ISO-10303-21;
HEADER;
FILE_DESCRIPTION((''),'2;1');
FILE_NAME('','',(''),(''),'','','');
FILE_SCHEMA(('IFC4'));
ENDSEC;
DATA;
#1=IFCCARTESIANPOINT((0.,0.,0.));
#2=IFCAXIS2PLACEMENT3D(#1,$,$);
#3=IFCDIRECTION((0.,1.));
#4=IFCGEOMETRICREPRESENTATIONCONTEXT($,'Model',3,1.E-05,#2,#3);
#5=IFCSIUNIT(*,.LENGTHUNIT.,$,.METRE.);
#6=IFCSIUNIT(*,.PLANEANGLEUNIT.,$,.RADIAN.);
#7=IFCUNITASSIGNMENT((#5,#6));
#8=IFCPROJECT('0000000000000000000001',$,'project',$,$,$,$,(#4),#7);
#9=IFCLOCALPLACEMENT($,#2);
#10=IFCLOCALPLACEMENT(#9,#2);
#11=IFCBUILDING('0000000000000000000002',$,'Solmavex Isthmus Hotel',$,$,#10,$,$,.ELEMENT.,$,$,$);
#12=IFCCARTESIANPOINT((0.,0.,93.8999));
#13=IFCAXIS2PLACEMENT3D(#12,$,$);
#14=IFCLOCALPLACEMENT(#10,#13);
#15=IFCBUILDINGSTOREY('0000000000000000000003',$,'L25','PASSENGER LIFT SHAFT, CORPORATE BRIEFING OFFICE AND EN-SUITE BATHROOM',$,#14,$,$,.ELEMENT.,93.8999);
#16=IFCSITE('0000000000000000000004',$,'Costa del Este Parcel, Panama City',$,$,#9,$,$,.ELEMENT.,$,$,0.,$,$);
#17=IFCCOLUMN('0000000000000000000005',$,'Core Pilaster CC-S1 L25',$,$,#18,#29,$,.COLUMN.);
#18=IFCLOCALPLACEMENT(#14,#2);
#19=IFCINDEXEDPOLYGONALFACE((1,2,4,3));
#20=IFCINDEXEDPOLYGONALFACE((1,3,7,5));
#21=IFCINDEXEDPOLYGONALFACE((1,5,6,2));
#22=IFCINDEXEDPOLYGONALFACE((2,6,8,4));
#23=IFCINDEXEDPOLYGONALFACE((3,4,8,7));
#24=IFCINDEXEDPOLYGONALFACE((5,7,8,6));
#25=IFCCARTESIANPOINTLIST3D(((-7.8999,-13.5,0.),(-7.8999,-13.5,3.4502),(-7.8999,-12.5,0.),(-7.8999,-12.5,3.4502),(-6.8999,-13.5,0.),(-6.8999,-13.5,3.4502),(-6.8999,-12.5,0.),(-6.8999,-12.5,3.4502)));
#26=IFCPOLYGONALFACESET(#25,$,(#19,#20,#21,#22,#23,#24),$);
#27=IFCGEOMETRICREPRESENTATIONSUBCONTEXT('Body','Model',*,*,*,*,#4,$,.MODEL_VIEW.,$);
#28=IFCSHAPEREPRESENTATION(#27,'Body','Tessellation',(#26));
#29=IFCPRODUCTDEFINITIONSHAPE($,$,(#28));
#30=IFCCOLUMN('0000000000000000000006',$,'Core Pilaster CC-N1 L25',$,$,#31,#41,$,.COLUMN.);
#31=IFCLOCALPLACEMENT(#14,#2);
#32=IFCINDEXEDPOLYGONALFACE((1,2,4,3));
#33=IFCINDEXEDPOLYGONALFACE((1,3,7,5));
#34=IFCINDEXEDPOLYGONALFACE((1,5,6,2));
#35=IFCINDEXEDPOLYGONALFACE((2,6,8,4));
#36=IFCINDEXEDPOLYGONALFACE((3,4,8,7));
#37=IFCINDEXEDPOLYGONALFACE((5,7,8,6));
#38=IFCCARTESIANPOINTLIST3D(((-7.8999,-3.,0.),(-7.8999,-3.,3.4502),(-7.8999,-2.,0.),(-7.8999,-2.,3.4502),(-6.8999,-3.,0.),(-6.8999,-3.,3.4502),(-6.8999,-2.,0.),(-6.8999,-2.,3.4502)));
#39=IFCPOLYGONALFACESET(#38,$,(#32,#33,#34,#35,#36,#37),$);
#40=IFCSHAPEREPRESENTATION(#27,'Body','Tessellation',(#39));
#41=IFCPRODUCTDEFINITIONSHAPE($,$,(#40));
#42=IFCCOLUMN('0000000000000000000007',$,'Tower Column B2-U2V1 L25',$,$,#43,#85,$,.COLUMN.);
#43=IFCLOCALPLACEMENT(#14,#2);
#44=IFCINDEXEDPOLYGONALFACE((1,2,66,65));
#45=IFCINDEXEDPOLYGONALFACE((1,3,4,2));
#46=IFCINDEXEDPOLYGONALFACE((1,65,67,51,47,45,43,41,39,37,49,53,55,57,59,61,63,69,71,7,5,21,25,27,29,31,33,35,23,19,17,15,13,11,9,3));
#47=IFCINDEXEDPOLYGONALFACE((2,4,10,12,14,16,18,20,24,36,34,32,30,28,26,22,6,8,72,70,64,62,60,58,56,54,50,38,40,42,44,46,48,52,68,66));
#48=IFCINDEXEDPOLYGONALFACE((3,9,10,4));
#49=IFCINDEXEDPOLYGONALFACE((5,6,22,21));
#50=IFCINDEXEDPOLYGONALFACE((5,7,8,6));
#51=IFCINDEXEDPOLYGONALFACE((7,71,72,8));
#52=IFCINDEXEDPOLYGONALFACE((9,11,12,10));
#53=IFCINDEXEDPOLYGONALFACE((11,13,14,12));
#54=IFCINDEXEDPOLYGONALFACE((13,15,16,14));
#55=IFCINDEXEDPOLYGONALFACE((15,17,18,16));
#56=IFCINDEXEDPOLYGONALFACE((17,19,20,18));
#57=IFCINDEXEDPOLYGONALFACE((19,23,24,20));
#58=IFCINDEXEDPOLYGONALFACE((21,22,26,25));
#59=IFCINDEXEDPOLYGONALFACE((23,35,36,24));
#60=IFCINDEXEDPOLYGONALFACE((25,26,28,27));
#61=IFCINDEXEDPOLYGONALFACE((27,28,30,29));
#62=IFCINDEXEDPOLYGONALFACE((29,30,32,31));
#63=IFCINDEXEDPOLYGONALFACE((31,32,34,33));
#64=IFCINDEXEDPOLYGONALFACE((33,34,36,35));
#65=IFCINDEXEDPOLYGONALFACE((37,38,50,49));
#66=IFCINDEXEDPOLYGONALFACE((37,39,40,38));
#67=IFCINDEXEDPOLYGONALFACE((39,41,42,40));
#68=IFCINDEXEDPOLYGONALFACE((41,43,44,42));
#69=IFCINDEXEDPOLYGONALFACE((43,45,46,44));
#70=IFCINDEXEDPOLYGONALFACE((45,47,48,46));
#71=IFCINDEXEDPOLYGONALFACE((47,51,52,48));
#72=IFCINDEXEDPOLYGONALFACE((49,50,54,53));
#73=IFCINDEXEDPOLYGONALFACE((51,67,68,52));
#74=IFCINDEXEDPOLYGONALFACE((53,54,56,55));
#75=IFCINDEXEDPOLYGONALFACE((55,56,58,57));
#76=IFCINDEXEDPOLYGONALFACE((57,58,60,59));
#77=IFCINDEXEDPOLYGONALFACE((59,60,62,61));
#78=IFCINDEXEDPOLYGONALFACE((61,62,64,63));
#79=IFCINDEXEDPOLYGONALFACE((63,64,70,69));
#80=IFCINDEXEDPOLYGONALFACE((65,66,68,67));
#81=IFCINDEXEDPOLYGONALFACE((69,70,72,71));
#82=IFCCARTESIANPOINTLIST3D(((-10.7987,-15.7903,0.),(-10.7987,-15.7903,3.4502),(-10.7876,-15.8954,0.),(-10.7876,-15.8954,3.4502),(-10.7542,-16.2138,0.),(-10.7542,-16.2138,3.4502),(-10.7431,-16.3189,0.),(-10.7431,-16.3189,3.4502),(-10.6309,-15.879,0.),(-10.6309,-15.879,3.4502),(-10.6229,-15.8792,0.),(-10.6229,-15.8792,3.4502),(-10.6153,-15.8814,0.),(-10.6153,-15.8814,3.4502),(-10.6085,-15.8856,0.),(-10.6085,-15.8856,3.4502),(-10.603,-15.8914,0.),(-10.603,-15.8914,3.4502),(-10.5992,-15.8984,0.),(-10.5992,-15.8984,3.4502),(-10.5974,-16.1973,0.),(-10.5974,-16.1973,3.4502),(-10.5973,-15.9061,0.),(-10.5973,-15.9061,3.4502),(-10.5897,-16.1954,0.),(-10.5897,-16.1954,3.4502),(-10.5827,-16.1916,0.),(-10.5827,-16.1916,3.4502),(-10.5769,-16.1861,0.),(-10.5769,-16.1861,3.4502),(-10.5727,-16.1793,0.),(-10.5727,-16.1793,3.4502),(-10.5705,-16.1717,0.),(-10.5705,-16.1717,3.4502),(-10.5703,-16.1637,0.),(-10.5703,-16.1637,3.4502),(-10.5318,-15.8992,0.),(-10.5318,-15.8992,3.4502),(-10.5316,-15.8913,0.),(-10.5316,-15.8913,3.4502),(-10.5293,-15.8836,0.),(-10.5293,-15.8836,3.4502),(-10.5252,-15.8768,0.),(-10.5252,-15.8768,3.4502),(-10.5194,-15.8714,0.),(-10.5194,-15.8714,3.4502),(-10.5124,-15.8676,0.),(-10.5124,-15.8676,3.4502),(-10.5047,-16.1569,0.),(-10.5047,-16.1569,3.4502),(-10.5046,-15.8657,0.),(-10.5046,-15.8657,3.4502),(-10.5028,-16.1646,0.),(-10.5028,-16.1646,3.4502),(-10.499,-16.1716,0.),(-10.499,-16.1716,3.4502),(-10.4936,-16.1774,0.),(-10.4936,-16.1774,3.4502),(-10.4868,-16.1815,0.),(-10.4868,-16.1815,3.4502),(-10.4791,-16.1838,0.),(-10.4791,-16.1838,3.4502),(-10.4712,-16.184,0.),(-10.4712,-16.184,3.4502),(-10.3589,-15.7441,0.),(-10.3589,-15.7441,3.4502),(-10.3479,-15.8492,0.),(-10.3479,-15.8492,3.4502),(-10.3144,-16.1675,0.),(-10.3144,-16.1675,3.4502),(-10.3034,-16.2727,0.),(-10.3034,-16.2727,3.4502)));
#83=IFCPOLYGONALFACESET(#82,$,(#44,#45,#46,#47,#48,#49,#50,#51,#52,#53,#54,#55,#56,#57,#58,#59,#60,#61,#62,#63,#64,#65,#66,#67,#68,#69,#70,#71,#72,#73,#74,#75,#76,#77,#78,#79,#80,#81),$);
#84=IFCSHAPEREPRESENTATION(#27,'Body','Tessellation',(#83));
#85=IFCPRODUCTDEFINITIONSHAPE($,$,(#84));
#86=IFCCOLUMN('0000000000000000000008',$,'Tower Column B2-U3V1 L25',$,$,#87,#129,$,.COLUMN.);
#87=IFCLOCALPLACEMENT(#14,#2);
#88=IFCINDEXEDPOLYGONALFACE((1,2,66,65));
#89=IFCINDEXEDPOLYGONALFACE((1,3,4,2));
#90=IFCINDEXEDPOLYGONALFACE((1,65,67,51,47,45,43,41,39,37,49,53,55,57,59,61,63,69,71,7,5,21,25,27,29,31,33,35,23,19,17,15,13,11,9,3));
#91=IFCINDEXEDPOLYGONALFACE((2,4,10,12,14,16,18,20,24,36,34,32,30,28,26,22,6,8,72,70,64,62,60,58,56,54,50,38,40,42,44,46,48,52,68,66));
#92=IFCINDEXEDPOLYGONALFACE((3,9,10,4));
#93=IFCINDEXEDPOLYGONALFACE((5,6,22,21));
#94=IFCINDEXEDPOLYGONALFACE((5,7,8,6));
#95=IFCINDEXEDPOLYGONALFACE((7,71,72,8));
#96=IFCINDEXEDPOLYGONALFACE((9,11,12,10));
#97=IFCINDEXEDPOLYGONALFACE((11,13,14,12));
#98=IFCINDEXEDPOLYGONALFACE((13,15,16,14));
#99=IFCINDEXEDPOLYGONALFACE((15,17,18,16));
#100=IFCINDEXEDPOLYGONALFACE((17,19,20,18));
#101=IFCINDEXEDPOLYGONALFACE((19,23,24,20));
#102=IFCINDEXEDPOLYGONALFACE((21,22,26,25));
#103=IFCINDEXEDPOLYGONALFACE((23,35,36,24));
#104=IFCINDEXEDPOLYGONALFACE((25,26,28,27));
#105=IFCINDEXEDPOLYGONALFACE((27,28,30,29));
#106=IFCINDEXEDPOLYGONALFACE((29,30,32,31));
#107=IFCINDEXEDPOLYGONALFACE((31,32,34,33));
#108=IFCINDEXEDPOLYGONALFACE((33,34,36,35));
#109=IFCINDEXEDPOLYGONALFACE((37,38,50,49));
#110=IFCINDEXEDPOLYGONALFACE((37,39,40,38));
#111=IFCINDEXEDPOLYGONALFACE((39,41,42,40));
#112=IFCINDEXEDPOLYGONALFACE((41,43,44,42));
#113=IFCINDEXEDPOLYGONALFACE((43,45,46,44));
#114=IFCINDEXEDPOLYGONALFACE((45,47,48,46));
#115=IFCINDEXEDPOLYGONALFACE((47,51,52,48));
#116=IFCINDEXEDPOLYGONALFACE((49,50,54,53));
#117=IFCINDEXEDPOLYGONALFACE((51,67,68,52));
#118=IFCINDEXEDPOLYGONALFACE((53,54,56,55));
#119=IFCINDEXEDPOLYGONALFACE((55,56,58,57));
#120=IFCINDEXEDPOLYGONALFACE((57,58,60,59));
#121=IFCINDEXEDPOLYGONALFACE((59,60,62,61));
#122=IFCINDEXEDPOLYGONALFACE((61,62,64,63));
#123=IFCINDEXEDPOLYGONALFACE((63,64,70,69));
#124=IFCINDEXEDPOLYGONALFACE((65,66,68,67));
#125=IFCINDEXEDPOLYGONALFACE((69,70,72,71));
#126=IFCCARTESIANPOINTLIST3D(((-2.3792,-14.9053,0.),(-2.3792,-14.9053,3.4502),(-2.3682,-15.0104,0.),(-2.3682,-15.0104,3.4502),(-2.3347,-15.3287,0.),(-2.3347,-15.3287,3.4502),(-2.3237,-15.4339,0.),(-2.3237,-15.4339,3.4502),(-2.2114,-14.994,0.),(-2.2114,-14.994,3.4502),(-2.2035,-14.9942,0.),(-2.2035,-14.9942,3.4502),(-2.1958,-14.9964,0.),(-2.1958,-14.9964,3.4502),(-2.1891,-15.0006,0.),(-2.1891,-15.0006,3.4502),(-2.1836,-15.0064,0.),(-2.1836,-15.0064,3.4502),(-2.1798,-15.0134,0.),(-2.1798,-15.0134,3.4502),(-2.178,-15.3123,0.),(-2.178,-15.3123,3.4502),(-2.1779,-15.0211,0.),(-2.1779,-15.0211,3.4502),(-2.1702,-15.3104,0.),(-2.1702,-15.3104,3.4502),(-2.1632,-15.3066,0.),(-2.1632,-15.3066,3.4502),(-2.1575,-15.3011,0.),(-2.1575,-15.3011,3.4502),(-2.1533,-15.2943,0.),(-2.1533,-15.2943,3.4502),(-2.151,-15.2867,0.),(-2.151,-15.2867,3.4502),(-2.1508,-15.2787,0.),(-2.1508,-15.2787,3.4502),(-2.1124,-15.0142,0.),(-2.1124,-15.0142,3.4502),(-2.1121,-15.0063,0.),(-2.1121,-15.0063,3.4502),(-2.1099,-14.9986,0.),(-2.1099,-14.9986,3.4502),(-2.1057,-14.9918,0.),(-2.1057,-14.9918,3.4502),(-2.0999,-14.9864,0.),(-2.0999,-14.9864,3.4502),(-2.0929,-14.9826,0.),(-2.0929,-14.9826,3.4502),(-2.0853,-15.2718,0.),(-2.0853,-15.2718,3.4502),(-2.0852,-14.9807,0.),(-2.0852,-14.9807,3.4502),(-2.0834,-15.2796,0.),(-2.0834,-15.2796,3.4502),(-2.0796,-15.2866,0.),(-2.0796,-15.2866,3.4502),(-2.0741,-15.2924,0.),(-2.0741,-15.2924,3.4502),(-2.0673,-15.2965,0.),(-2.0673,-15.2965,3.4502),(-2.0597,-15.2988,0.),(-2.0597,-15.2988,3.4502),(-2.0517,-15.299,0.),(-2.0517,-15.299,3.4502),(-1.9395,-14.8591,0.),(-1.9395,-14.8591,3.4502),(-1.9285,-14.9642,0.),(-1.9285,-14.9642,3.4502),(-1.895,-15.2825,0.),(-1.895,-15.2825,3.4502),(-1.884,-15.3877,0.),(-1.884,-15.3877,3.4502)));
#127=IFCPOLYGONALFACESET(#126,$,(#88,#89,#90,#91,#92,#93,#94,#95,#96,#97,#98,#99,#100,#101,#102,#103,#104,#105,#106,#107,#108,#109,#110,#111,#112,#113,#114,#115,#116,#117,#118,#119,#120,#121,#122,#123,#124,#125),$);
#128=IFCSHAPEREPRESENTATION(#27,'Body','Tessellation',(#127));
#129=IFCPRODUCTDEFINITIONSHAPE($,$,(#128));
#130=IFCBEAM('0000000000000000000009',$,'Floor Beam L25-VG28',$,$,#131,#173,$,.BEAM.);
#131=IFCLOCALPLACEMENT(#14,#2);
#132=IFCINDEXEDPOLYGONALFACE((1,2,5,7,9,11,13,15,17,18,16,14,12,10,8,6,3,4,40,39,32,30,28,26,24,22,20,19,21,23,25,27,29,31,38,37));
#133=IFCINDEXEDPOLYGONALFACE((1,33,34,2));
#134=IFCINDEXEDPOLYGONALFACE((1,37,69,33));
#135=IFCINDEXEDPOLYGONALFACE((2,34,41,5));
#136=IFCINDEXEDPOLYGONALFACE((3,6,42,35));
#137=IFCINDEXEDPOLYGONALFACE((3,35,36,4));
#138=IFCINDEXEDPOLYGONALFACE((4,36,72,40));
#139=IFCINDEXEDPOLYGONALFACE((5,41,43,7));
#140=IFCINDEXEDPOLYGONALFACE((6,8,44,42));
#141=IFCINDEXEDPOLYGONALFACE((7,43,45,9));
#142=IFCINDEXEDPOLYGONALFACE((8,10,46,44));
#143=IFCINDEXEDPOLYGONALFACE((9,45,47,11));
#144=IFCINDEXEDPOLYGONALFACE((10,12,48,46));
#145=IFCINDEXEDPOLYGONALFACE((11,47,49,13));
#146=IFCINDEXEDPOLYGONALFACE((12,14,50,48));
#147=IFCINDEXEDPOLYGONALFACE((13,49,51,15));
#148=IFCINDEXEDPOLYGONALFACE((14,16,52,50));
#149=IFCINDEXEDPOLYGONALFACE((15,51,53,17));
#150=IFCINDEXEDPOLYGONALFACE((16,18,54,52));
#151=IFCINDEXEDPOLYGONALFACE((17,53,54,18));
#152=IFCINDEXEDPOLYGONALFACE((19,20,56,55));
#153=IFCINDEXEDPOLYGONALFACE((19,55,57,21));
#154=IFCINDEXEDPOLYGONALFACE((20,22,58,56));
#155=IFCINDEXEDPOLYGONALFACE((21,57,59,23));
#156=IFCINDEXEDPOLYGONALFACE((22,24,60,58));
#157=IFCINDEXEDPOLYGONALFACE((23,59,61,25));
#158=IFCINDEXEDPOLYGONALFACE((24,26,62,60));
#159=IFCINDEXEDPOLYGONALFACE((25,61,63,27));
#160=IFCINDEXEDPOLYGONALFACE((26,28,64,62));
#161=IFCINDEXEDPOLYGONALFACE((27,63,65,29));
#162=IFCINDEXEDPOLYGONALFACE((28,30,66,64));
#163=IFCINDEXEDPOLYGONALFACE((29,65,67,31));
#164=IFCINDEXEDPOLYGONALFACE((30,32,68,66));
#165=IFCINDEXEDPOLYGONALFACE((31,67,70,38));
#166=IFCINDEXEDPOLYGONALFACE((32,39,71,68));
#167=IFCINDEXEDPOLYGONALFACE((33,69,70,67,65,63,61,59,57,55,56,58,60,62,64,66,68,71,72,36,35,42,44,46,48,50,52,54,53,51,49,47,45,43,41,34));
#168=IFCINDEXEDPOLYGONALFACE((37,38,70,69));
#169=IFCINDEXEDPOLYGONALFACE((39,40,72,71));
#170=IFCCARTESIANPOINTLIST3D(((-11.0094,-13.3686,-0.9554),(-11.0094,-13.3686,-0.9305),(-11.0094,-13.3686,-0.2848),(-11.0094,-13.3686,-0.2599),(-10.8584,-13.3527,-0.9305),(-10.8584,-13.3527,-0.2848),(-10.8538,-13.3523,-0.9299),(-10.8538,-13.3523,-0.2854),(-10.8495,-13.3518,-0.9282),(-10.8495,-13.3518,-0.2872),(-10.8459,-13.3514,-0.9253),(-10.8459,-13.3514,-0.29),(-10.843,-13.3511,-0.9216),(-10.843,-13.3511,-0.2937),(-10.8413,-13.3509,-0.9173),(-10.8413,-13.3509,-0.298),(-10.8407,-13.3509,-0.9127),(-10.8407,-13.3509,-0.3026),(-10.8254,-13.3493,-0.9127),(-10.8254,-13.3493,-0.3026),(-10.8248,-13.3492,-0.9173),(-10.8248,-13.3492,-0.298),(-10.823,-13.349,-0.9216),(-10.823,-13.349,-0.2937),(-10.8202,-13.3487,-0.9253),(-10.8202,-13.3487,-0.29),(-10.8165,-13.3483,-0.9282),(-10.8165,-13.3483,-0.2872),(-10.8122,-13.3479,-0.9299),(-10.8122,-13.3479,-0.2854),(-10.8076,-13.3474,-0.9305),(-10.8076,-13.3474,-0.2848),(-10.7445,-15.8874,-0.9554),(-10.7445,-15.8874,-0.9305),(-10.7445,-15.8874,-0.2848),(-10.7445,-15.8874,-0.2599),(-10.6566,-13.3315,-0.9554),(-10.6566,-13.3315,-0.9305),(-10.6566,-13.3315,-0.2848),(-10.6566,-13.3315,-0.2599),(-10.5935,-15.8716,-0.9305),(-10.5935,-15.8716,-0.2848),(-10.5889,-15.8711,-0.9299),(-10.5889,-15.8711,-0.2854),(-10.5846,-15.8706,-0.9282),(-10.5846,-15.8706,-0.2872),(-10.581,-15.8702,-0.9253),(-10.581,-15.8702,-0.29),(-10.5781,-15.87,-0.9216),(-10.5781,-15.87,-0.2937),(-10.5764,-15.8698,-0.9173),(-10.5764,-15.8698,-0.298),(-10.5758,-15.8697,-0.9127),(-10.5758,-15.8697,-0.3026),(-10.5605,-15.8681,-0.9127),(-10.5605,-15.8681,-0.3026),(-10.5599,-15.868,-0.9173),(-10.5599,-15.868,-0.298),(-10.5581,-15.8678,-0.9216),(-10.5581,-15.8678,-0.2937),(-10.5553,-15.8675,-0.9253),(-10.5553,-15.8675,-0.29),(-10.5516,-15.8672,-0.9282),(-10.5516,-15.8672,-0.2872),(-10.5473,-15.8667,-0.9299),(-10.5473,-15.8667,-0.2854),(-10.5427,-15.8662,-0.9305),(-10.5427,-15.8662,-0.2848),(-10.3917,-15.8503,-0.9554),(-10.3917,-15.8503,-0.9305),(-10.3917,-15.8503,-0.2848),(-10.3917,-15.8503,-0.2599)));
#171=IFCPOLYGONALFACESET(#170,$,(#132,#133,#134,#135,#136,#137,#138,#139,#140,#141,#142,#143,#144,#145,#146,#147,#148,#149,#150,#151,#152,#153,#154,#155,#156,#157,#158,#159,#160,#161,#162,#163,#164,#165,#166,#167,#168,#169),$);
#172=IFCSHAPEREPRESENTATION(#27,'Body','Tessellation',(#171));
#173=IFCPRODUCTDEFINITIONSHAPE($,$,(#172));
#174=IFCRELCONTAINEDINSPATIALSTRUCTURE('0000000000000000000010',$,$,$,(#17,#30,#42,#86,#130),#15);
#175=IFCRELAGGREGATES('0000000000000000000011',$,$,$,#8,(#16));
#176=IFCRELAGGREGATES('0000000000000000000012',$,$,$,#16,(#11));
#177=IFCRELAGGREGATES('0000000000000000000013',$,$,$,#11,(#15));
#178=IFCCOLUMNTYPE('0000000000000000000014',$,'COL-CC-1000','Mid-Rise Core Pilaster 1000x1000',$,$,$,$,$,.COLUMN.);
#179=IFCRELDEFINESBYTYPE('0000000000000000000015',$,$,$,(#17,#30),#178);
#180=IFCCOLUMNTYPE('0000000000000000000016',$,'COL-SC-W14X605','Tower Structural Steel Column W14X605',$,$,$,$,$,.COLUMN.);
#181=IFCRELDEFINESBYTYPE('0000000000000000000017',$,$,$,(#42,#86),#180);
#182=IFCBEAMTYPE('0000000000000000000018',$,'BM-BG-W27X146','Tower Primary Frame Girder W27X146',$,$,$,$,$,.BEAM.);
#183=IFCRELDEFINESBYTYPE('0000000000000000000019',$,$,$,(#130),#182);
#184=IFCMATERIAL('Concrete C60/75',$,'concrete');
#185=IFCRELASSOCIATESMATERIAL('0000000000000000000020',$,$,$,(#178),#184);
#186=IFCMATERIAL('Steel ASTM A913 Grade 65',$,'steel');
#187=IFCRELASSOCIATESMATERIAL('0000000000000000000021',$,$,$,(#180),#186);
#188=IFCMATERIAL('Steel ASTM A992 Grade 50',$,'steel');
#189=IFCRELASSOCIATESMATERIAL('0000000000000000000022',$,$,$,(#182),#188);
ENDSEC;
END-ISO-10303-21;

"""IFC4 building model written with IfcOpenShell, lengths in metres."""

from ifc_helpers import new_model, si_unit, direction, frame, origin, origin_2d, place, context, subcontext, project, spatial, rectangle, i_section, extrude, material, material_profile, profile_set, type_object, element, save


model = new_model("IFC4")

# Units and contexts
model_context = context("Model", 3, precision=1e-05, world=origin(), true_north=direction((0.0, 1.0)))
body_context = subcontext(model_context, "Body", "Model", "MODEL_VIEW")
ifc_project = project(units=[si_unit("LENGTHUNIT", "METRE"), si_unit("PLANEANGLEUNIT", "RADIAN")], contexts=[model_context])

# Site, building, storey
site_placement = place(None, origin())
site = spatial("IfcSite", under=ifc_project, at=site_placement, Name="Costa del Este Parcel, Panama City", CompositionType="ELEMENT", RefElevation=0.0)
building_placement = place(site_placement, origin())
building = spatial("IfcBuilding", under=site, at=building_placement, Name="Solmavex Isthmus Hotel", CompositionType="ELEMENT")
storey_placement = place(building_placement, frame((0.0, 0.0, 93.8999)))
storey = spatial("IfcBuildingStorey", under=building, at=storey_placement, Name="L25", Description="PASSENGER LIFT SHAFT, CORPORATE BRIEFING OFFICE AND EN-SUITE BATHROOM", CompositionType="ELEMENT", Elevation=93.8999)

# Columns
ifc_material_1 = material(Name="Concrete C60/75", Category="concrete")
ifc_material_profile_1 = material_profile(ifc_material_1, rectangle(XDim=1.0, YDim=1.0, at=origin_2d()), Name="RC1000X1000")
ifc_profile_set_1 = profile_set([ifc_material_profile_1], Name="Concrete C60/75")
column_type_1 = type_object("IfcColumnType", Name="COL-CC-1000", Description="Mid-Rise Core Pilaster 1000x1000", PredefinedType="COLUMN", material=ifc_profile_set_1)
for number, where, z_axis, x_axis, name in (
    (1, (-7.3999, -13.0, 0.0), (0.0, 0.0, 1.0), (1.0, 0.0, 0.0), "Core Pilaster CC-S1 L25"),
    (2, (-7.3999, -2.5, 0.0), (0.0, 0.0, 1.0), (1.0, 0.0, 0.0), "Core Pilaster CC-N1 L25"),
):
    element("IfcColumn", number, at=place(storey_placement, frame(where, z_axis=z_axis, x_axis=x_axis)), inside=storey, type_object=column_type_1, Name=name, PredefinedType="COLUMN", context=body_context, shape_type="SweptSolid", body=[
        extrude(rectangle(XDim=1.0, YDim=1.0, at=origin_2d()), origin(), (0.0, 0.0, 1.0), 3.4502),
    ])
ifc_material_2 = material(Name="Steel ASTM A913 Grade 65", Category="steel")
ifc_material_profile_2 = material_profile(ifc_material_2, i_section(OverallWidth=0.4421, OverallDepth=0.5315, WebThickness=0.0659, FlangeThickness=0.1057, FilletRadius=0.0305, at=origin_2d()), Name="W14X605")
ifc_profile_set_2 = profile_set([ifc_material_profile_2], Name="Steel ASTM A913 Grade 65")
column_type_2 = type_object("IfcColumnType", Name="COL-SC-W14X605", Description="Tower Structural Steel Column W14X605", PredefinedType="COLUMN", material=ifc_profile_set_2)
for number, where, z_axis, x_axis, name in (
    (3, (-10.551, -16.0315, 0.0), (0.0, 0.0, 1.0), (0.994522, 0.104528, 0.0), "Tower Column B2-U2V1 L25"),
    (4, (-2.1316, -15.1465, 0.0), (0.0, 0.0, 1.0), (0.994522, 0.104528, 0.0), "Tower Column B2-U3V1 L25"),
):
    element("IfcColumn", number, at=place(storey_placement, frame(where, z_axis=z_axis, x_axis=x_axis)), inside=storey, type_object=column_type_2, Name=name, PredefinedType="COLUMN", context=body_context, shape_type="SweptSolid", body=[
        extrude(i_section(OverallWidth=0.4421, OverallDepth=0.5315, WebThickness=0.0659, FlangeThickness=0.1057, FilletRadius=0.0305, at=origin_2d()), origin(), (0.0, 0.0, 1.0), 3.4502),
    ])

# Beam
ifc_material_3 = material(Name="Steel ASTM A992 Grade 50", Category="steel")
ifc_material_profile_3 = material_profile(ifc_material_3, i_section(OverallWidth=0.3547, OverallDepth=0.6956, WebThickness=0.0154, FlangeThickness=0.0249, FilletRadius=0.0178, at=origin_2d()), Name="W27X146")
ifc_profile_set_3 = profile_set([ifc_material_profile_3], Name="Steel ASTM A992 Grade 50")
beam_type_1 = type_object("IfcBeamType", Name="BM-BG-W27X146", Description="Tower Primary Frame Girder W27X146", PredefinedType="BEAM", material=ifc_profile_set_3)
beam_1_placement = place(storey_placement, frame((-10.5681, -15.8689, -0.6077), z_axis=(-0.104589, 0.994515, 0.0), x_axis=(-0.994515, -0.104589, 0.0)))
element("IfcBeam", 5, at=beam_1_placement, inside=storey, type_object=beam_type_1, Name="Floor Beam L25-VG28", PredefinedType="BEAM", context=body_context, shape_type="SweptSolid", body=[
    extrude(i_section(OverallWidth=0.3547, OverallDepth=0.6956, WebThickness=0.0154, FlangeThickness=0.0249, FilletRadius=0.0178, at=origin_2d()), origin(), (0.0, 0.0, 1.0), 2.5327),
])

save(model, "model.ifc")
